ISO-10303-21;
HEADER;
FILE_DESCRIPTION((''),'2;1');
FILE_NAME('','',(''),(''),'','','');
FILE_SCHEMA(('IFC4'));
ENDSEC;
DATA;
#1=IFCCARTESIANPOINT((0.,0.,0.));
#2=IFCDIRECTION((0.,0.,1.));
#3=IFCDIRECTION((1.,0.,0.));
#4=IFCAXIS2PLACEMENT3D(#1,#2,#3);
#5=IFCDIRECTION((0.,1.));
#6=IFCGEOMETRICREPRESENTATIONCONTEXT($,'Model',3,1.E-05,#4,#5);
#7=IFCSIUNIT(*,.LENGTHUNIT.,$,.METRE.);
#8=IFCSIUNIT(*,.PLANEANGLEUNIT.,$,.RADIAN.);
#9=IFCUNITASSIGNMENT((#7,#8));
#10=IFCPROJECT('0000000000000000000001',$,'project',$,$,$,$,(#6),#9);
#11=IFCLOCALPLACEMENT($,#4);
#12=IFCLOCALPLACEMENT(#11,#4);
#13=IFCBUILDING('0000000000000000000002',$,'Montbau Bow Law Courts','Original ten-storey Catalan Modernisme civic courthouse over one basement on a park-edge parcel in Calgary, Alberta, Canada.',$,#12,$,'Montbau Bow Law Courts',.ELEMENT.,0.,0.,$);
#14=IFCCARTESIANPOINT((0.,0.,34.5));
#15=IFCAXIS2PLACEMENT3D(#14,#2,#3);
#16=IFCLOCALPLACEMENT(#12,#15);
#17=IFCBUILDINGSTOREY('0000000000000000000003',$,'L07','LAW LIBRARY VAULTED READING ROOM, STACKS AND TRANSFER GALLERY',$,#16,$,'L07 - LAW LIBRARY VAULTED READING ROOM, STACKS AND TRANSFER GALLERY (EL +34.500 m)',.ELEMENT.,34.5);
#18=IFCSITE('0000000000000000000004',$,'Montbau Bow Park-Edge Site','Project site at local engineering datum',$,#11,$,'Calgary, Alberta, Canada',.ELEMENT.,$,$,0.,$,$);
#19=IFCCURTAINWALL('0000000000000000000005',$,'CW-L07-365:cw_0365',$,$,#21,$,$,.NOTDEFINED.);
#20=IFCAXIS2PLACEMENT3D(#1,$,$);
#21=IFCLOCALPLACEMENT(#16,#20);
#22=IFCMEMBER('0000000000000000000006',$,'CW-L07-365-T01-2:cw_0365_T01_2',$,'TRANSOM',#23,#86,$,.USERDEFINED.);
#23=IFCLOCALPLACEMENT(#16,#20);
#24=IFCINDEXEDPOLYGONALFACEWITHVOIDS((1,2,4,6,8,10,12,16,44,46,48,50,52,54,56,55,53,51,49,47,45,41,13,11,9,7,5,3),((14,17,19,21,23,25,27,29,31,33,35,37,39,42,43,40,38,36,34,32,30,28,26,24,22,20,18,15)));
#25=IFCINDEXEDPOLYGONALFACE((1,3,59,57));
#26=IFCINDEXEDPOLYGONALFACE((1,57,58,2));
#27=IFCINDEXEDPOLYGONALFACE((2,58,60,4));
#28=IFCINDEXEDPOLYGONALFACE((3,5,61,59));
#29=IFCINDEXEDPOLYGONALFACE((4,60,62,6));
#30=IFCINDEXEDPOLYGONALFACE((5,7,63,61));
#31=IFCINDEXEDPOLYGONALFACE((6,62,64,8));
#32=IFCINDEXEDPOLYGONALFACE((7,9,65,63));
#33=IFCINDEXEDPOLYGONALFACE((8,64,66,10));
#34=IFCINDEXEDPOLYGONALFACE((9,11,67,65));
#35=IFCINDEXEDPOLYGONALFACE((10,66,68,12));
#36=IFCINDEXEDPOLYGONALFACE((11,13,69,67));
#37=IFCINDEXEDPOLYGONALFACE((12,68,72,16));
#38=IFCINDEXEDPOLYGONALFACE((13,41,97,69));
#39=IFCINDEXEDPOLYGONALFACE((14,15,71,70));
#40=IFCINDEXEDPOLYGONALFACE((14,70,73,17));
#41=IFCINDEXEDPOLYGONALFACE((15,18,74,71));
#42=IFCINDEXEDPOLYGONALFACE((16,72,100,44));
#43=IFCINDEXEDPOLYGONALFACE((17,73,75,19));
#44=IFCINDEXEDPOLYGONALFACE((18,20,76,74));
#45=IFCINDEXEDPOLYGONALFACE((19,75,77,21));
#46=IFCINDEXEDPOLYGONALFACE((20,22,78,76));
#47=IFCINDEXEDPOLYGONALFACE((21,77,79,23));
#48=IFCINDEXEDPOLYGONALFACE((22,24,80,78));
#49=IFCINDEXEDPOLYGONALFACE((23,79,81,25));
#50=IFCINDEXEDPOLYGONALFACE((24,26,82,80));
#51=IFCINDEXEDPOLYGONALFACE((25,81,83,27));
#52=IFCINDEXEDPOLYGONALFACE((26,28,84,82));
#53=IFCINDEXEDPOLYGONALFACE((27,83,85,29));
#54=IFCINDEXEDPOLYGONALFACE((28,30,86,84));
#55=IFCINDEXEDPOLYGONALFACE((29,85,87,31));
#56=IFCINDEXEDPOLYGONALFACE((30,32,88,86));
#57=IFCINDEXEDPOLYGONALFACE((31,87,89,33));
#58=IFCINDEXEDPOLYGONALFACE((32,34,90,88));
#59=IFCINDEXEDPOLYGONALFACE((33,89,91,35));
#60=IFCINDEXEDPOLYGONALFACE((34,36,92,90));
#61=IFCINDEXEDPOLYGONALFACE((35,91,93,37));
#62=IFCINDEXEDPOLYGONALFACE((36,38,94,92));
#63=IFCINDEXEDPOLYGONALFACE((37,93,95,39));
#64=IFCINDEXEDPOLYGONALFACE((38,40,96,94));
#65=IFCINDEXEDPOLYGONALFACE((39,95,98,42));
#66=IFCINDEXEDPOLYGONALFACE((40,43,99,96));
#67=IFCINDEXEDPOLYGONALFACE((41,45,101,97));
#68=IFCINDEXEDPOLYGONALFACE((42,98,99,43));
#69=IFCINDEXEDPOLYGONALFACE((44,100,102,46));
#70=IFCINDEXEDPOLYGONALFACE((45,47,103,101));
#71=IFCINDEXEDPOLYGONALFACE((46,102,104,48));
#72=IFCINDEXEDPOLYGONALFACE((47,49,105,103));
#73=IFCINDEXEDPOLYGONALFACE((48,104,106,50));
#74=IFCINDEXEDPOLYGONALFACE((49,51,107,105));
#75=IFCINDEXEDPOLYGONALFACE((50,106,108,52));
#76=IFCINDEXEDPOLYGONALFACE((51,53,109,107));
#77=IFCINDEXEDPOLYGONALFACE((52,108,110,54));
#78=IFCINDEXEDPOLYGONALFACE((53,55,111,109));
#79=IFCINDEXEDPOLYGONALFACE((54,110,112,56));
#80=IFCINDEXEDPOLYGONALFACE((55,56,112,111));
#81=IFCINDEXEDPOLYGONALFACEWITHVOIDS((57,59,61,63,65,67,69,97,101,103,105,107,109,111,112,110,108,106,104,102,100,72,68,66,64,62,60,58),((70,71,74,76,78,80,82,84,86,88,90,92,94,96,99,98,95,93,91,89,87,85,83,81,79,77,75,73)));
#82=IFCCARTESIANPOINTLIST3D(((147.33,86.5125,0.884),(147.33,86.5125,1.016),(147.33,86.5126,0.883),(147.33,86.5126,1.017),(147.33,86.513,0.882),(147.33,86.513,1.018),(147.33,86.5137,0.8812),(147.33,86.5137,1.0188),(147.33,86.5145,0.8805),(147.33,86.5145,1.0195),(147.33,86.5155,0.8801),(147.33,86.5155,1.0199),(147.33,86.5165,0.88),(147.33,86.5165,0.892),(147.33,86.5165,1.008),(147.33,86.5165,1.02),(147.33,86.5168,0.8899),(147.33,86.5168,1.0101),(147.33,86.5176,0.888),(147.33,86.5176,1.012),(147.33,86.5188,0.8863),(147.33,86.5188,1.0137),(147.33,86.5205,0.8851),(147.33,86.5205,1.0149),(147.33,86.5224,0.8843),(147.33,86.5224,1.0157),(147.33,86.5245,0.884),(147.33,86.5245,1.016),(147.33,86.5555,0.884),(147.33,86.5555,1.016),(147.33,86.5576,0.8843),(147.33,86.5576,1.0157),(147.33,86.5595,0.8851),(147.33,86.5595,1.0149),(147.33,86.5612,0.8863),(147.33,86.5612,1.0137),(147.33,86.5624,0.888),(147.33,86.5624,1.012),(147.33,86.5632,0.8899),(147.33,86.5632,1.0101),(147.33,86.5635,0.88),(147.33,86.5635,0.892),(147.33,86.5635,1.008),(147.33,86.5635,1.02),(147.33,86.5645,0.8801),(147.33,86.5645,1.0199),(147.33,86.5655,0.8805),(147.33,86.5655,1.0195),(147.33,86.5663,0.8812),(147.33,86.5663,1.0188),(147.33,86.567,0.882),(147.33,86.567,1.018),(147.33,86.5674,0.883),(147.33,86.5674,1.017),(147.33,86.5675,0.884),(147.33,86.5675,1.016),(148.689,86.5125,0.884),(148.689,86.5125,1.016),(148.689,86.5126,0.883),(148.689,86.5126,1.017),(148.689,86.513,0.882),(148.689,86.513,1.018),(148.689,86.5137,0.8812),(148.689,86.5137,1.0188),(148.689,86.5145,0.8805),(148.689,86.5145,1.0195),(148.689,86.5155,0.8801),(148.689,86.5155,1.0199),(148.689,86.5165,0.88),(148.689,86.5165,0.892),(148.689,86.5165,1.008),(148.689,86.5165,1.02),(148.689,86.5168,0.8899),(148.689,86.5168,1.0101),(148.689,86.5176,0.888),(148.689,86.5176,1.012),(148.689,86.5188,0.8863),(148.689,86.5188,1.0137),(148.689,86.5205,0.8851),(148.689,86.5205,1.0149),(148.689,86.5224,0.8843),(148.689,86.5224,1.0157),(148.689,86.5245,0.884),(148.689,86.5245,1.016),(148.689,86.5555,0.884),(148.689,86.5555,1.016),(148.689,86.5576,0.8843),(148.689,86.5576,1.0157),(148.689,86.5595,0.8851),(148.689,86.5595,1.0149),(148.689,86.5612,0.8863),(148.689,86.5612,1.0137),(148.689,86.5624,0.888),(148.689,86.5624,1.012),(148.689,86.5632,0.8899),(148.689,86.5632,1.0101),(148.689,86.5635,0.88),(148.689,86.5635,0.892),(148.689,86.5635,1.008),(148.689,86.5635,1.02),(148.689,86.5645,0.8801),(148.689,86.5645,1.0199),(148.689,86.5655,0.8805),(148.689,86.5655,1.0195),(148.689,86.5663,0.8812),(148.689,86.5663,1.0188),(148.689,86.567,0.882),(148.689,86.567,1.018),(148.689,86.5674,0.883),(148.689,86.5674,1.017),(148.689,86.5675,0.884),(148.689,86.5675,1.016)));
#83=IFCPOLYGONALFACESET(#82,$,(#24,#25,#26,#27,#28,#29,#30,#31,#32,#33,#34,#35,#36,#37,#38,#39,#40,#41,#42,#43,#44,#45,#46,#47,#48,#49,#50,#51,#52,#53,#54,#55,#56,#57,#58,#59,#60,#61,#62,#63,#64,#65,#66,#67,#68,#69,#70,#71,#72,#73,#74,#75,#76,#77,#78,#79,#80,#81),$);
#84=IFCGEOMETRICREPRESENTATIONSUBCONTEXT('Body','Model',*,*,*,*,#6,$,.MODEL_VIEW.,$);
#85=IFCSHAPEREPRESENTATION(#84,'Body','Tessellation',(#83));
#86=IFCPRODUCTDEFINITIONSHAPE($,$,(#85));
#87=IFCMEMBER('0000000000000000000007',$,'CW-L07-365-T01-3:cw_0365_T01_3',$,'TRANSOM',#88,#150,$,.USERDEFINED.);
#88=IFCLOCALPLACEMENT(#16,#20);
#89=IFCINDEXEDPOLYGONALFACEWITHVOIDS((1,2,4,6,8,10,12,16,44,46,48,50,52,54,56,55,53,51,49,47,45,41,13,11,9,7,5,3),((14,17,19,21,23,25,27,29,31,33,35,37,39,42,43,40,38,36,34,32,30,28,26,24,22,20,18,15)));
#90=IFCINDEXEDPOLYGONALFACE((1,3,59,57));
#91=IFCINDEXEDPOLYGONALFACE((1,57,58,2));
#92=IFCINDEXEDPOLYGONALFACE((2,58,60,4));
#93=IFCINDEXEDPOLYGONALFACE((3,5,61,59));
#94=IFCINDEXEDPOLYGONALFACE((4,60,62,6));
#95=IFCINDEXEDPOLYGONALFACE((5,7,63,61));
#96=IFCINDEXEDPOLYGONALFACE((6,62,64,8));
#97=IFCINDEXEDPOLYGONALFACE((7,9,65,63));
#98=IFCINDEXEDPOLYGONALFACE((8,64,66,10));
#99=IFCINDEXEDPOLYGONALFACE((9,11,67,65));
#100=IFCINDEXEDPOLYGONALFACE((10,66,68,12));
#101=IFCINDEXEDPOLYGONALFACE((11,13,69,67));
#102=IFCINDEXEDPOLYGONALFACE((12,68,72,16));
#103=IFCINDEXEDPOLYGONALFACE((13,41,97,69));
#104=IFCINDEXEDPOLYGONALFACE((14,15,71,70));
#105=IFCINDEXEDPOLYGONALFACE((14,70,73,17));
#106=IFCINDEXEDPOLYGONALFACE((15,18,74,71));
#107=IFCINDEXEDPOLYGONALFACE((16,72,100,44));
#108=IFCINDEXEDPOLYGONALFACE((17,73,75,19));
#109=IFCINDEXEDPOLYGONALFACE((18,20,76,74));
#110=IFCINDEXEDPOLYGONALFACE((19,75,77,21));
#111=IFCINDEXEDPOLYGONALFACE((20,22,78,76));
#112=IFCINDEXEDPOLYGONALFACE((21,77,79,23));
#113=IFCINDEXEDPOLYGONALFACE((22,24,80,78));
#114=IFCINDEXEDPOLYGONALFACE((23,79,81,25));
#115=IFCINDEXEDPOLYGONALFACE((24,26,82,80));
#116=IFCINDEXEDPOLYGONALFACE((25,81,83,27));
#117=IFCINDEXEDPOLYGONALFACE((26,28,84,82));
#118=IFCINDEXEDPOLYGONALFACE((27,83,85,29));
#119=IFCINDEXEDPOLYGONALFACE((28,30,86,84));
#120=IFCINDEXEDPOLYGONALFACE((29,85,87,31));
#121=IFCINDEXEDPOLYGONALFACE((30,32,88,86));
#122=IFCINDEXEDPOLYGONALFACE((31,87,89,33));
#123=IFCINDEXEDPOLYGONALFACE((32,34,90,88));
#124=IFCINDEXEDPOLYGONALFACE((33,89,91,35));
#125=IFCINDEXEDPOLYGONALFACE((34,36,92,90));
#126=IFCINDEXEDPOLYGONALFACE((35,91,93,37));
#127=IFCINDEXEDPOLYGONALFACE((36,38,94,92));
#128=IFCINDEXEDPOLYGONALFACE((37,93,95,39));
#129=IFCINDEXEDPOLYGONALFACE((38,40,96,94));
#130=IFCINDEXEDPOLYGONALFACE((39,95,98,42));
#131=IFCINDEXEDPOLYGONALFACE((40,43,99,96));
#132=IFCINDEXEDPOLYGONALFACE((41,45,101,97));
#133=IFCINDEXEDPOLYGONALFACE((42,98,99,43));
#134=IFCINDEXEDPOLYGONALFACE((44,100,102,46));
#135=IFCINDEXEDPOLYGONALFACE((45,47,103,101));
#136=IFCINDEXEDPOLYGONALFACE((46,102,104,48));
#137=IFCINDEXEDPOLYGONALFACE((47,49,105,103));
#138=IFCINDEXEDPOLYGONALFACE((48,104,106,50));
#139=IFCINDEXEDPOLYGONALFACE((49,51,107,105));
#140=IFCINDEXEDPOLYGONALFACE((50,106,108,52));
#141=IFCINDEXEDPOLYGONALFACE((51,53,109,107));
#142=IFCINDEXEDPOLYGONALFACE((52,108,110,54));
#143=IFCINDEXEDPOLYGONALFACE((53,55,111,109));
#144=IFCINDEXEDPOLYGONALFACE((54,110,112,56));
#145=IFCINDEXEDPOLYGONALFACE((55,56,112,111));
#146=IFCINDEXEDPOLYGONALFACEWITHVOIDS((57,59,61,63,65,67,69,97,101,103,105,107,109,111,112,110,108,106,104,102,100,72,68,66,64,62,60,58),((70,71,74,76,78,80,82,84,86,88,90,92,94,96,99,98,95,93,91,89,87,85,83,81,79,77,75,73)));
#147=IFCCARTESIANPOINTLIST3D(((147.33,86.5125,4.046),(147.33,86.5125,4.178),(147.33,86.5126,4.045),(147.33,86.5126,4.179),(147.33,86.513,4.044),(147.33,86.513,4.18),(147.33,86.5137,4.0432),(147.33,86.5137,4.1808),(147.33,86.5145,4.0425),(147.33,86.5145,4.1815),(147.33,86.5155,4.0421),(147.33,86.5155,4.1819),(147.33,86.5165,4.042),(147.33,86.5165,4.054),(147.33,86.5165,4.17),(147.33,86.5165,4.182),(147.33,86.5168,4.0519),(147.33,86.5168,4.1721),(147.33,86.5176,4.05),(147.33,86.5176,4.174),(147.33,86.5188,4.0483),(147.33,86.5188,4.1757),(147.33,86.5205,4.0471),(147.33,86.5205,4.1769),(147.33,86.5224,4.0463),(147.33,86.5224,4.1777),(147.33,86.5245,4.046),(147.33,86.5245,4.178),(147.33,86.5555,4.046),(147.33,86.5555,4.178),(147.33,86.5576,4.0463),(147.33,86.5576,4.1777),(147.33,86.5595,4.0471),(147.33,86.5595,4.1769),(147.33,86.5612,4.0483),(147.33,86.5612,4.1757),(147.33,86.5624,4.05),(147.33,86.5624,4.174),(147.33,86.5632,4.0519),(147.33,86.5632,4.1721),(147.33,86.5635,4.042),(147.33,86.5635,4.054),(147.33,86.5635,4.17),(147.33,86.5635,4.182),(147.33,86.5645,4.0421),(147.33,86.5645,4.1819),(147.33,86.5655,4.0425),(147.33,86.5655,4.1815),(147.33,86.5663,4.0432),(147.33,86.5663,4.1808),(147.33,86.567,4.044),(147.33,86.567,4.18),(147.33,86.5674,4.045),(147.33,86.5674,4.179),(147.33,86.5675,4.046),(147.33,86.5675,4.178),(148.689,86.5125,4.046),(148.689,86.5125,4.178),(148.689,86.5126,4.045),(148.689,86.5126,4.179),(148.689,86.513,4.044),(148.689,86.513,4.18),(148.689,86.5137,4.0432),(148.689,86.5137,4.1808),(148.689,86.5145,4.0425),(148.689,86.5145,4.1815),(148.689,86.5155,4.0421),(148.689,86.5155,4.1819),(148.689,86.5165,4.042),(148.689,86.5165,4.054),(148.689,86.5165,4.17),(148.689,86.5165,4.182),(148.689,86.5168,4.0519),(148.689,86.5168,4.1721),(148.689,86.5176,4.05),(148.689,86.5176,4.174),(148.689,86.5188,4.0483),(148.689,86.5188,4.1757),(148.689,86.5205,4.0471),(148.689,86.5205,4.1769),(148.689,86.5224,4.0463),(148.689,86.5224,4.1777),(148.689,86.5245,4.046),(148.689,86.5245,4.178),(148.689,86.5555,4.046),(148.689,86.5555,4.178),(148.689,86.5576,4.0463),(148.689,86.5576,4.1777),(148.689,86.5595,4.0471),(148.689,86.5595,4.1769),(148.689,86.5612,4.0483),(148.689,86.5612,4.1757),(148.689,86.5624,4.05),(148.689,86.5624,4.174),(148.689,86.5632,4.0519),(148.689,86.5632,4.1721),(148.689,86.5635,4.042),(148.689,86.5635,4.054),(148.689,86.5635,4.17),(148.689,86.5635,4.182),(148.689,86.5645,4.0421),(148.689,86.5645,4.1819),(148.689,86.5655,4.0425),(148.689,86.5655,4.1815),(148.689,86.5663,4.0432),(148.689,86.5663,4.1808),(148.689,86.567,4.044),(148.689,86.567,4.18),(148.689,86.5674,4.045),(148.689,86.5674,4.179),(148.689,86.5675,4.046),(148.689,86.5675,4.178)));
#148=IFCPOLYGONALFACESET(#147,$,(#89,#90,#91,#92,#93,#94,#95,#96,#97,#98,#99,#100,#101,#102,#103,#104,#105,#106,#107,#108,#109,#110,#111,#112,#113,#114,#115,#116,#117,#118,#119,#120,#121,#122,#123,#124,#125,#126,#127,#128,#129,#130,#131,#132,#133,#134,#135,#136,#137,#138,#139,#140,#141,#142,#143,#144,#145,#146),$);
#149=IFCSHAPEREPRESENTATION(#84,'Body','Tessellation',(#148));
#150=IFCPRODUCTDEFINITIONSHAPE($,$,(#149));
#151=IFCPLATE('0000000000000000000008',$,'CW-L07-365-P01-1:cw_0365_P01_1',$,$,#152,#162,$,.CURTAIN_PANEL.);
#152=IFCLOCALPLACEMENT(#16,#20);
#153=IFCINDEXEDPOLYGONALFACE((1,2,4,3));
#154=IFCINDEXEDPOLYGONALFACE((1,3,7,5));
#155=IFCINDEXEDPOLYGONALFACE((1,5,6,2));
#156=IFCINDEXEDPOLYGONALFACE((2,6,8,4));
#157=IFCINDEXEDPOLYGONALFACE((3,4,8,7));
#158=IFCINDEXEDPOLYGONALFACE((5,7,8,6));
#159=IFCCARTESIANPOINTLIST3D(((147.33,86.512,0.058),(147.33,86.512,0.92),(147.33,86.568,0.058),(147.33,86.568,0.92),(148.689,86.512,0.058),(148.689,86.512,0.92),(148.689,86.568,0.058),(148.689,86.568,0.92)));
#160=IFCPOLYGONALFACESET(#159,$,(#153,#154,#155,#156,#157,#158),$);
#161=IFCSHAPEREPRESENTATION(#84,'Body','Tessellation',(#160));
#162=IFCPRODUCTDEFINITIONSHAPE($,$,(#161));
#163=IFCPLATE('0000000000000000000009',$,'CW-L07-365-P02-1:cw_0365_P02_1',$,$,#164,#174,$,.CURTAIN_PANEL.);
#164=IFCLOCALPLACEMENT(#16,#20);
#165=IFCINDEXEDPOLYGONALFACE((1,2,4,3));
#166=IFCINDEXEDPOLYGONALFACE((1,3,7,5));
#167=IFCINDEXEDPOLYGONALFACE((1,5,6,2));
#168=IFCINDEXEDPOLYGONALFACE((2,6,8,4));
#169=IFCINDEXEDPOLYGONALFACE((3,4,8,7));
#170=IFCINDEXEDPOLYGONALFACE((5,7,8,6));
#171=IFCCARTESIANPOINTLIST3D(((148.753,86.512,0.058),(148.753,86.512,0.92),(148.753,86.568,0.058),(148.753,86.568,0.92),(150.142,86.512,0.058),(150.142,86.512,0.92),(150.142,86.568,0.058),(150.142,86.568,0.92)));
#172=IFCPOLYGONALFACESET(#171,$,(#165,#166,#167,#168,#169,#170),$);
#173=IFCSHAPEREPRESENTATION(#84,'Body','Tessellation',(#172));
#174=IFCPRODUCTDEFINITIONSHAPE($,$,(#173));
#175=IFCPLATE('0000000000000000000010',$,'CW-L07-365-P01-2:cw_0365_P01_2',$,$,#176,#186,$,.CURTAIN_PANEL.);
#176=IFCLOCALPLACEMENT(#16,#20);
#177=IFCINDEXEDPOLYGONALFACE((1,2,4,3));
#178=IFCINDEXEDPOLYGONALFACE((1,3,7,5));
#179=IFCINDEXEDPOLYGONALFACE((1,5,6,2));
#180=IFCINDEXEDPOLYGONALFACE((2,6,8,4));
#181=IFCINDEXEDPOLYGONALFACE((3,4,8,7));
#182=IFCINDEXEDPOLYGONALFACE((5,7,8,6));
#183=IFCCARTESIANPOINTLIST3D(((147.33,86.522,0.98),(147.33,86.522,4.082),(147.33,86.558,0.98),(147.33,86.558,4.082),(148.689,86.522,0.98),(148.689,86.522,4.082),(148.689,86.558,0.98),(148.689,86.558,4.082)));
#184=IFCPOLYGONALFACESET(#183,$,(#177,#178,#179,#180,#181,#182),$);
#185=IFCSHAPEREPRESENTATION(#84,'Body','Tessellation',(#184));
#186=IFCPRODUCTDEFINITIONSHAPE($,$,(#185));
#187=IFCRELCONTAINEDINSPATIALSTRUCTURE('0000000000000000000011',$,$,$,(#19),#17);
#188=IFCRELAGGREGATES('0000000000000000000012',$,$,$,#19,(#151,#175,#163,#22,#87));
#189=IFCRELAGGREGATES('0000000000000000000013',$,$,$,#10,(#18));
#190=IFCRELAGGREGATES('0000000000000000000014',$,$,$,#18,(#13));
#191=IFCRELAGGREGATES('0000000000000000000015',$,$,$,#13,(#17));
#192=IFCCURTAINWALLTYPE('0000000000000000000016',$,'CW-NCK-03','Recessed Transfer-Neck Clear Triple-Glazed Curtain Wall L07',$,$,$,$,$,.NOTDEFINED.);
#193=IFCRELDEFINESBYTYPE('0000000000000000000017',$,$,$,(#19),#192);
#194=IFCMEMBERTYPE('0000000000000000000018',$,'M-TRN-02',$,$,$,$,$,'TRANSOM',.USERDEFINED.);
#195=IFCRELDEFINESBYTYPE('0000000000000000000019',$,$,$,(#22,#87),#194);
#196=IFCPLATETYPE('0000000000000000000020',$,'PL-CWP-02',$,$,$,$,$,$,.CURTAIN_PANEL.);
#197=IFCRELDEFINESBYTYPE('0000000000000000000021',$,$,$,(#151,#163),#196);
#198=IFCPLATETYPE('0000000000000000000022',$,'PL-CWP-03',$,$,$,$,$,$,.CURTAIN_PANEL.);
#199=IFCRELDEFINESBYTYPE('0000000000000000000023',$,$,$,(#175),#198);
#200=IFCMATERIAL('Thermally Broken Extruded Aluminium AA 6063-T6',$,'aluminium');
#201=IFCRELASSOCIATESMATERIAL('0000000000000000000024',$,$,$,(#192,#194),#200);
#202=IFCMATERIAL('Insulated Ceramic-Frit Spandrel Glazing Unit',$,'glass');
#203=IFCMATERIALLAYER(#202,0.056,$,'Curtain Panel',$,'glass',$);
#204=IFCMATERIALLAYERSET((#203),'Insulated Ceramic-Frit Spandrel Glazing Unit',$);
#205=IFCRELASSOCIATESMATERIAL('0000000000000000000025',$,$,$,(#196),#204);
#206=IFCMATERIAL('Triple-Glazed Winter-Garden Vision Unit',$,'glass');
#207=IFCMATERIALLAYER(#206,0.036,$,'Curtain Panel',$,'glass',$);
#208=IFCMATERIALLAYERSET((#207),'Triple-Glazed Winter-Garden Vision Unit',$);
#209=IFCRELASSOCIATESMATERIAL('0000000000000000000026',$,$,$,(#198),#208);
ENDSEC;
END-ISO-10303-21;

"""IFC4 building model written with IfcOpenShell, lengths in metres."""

from ifc_helpers import new_model, si_unit, direction, frame, frame_2d, origin_with_axes, origin_2d_with_axis, place, context, subcontext, project, spatial, rectangle, hollow_rectangle, extrude, material, layer, layer_set, material_profile, profile_set, type_object, element, aggregate, save


model = new_model("IFC4")

# Units and contexts
model_context = context("Model", 3, precision=1e-05, world=origin_with_axes(), true_north=direction((0.0, 1.0)))
body_context = subcontext(model_context, "Body", "Model", "MODEL_VIEW")
ifc_project = project(units=[si_unit("LENGTHUNIT", "METRE"), si_unit("PLANEANGLEUNIT", "RADIAN")], contexts=[model_context])

# Site, building, storey
site_placement = place(None, origin_with_axes())
site = spatial("IfcSite", under=ifc_project, at=site_placement, Name="Montbau Bow Park-Edge Site", Description="Project site at local engineering datum", LongName="Calgary, Alberta, Canada", CompositionType="ELEMENT", RefElevation=0.0)
building_placement = place(site_placement, origin_with_axes())
building = spatial("IfcBuilding", under=site, at=building_placement, Name="Montbau Bow Law Courts", Description="Original ten-storey Catalan Modernisme civic courthouse over one basement on a park-edge parcel in Calgary, Alberta, Canada.", LongName="Montbau Bow Law Courts", CompositionType="ELEMENT", ElevationOfRefHeight=0.0, ElevationOfTerrain=0.0)
storey_placement = place(building_placement, frame((0.0, 0.0, 34.5), z_axis=(0.0, 0.0, 1.0), x_axis=(1.0, 0.0, 0.0)))
storey = spatial("IfcBuildingStorey", under=building, at=storey_placement, Name="L07", Description="LAW LIBRARY VAULTED READING ROOM, STACKS AND TRANSFER GALLERY", LongName="L07 - LAW LIBRARY VAULTED READING ROOM, STACKS AND TRANSFER GALLERY (EL +34.500 m)", CompositionType="ELEMENT", Elevation=34.5)

# Curtain wall, members, plates
ifc_material_1 = material(Name="Thermally Broken Extruded Aluminium AA 6063-T6", Category="aluminium")
curtain_wall_type = type_object("IfcCurtainWallType", Name="CW-NCK-03", Description="Recessed Transfer-Neck Clear Triple-Glazed Curtain Wall L07", PredefinedType="NOTDEFINED", material=ifc_material_1)
curtain_wall_placement = place(None, frame((147.268, 86.54, 34.5), z_axis=(0.0, 0.0, 1.0), x_axis=(1.0, 0.0, 0.0)))
curtain_wall = element("IfcCurtainWall", 1, at=curtain_wall_placement, inside=storey, type_object=curtain_wall_type, Name="CW-L07-365:cw_0365", PredefinedType="NOTDEFINED")
ifc_material_profile_1 = material_profile(ifc_material_1, hollow_rectangle(XDim=0.055, YDim=0.14, WallThickness=0.004, InnerFilletRadius=0.008, OuterFilletRadius=0.004, at=origin_2d_with_axis()), Name="CWT-140X55", Category="Main", Priority=0)
ifc_profile_set_1 = profile_set([ifc_material_profile_1], Name="Thermally Broken Extruded Aluminium AA 6063-T6")
member_type_1 = type_object("IfcMemberType", Name="M-TRN-02", ElementType="TRANSOM", PredefinedType="USERDEFINED", material=ifc_profile_set_1)
member_1_placement = place(None, frame((147.33, 86.54, 35.45), z_axis=(1.0, 0.0, 0.0), x_axis=(0.0, 1.0, 0.0)))
member_1 = element("IfcMember", 2, at=member_1_placement, type_object=member_type_1, Name="CW-L07-365-T01-2:cw_0365_T01_2", ObjectType="TRANSOM", PredefinedType="USERDEFINED", context=body_context, shape_type="SweptSolid", body=[
    extrude(hollow_rectangle(XDim=0.055, YDim=0.14, WallThickness=0.004, InnerFilletRadius=0.008, OuterFilletRadius=0.004, at=origin_2d_with_axis()), origin_with_axes(), (0.0, 0.0, 1.0), 1.359),
])
member_2_placement = place(None, frame((147.33, 86.54, 38.612), z_axis=(1.0, 0.0, 0.0), x_axis=(0.0, 1.0, 0.0)))
member_2 = element("IfcMember", 3, at=member_2_placement, type_object=member_type_1, Name="CW-L07-365-T01-3:cw_0365_T01_3", ObjectType="TRANSOM", PredefinedType="USERDEFINED", context=body_context, shape_type="SweptSolid", body=[
    extrude(hollow_rectangle(XDim=0.055, YDim=0.14, WallThickness=0.004, InnerFilletRadius=0.008, OuterFilletRadius=0.004, at=origin_2d_with_axis()), origin_with_axes(), (0.0, 0.0, 1.0), 1.359),
])
ifc_material_2 = material(Name="Insulated Ceramic-Frit Spandrel Glazing Unit", Category="glass")
ifc_layer_1 = layer(ifc_material_2, 0.056, Name="Curtain Panel", Category="glass")
ifc_layer_set_1 = layer_set([ifc_layer_1], Name="Insulated Ceramic-Frit Spandrel Glazing Unit")
plate_type_1 = type_object("IfcPlateType", Name="PL-CWP-02", PredefinedType="CURTAIN_PANEL", material=ifc_layer_set_1)
plate_1_placement = place(None, frame((147.33, 86.54, 34.558), z_axis=(0.0, -1.0, 0.0), x_axis=(1.0, 0.0, 0.0)))
plate_1 = element("IfcPlate", 4, at=plate_1_placement, type_object=plate_type_1, Name="CW-L07-365-P01-1:cw_0365_P01_1", PredefinedType="CURTAIN_PANEL", context=body_context, shape_type="SweptSolid", body=[
    extrude(rectangle(XDim=1.359, YDim=0.862, at=frame_2d((0.6795, 0.431), x_axis=(1.0, 0.0))), frame((0.0, 0.0, -0.028), z_axis=(0.0, 0.0, 1.0), x_axis=(1.0, 0.0, 0.0)), (0.0, 0.0, 1.0), 0.056),
])
plate_2_placement = place(None, frame((148.753, 86.54, 34.558), z_axis=(0.0, -1.0, 0.0), x_axis=(1.0, 0.0, 0.0)))
plate_2 = element("IfcPlate", 5, at=plate_2_placement, type_object=plate_type_1, Name="CW-L07-365-P02-1:cw_0365_P02_1", PredefinedType="CURTAIN_PANEL", context=body_context, shape_type="SweptSolid", body=[
    extrude(rectangle(XDim=1.389, YDim=0.862, at=frame_2d((0.6945, 0.431), x_axis=(1.0, 0.0))), frame((0.0, 0.0, -0.028), z_axis=(0.0, 0.0, 1.0), x_axis=(1.0, 0.0, 0.0)), (0.0, 0.0, 1.0), 0.056),
])
ifc_material_3 = material(Name="Triple-Glazed Winter-Garden Vision Unit", Category="glass")
ifc_layer_2 = layer(ifc_material_3, 0.036, Name="Curtain Panel", Category="glass")
ifc_layer_set_2 = layer_set([ifc_layer_2], Name="Triple-Glazed Winter-Garden Vision Unit")
plate_type_2 = type_object("IfcPlateType", Name="PL-CWP-03", PredefinedType="CURTAIN_PANEL", material=ifc_layer_set_2)
plate_3_placement = place(None, frame((147.33, 86.54, 35.48), z_axis=(0.0, -1.0, 0.0), x_axis=(1.0, 0.0, 0.0)))
plate_3 = element("IfcPlate", 6, at=plate_3_placement, type_object=plate_type_2, Name="CW-L07-365-P01-2:cw_0365_P01_2", PredefinedType="CURTAIN_PANEL", context=body_context, shape_type="SweptSolid", body=[
    extrude(rectangle(XDim=1.359, YDim=3.102, at=frame_2d((0.6795, 1.551), x_axis=(1.0, 0.0))), frame((0.0, 0.0, -0.018), z_axis=(0.0, 0.0, 1.0), x_axis=(1.0, 0.0, 0.0)), (0.0, 0.0, 1.0), 0.036),
])
aggregate(curtain_wall, [plate_1, plate_3, plate_2, member_1, member_2])

save(model, "model.ifc")
